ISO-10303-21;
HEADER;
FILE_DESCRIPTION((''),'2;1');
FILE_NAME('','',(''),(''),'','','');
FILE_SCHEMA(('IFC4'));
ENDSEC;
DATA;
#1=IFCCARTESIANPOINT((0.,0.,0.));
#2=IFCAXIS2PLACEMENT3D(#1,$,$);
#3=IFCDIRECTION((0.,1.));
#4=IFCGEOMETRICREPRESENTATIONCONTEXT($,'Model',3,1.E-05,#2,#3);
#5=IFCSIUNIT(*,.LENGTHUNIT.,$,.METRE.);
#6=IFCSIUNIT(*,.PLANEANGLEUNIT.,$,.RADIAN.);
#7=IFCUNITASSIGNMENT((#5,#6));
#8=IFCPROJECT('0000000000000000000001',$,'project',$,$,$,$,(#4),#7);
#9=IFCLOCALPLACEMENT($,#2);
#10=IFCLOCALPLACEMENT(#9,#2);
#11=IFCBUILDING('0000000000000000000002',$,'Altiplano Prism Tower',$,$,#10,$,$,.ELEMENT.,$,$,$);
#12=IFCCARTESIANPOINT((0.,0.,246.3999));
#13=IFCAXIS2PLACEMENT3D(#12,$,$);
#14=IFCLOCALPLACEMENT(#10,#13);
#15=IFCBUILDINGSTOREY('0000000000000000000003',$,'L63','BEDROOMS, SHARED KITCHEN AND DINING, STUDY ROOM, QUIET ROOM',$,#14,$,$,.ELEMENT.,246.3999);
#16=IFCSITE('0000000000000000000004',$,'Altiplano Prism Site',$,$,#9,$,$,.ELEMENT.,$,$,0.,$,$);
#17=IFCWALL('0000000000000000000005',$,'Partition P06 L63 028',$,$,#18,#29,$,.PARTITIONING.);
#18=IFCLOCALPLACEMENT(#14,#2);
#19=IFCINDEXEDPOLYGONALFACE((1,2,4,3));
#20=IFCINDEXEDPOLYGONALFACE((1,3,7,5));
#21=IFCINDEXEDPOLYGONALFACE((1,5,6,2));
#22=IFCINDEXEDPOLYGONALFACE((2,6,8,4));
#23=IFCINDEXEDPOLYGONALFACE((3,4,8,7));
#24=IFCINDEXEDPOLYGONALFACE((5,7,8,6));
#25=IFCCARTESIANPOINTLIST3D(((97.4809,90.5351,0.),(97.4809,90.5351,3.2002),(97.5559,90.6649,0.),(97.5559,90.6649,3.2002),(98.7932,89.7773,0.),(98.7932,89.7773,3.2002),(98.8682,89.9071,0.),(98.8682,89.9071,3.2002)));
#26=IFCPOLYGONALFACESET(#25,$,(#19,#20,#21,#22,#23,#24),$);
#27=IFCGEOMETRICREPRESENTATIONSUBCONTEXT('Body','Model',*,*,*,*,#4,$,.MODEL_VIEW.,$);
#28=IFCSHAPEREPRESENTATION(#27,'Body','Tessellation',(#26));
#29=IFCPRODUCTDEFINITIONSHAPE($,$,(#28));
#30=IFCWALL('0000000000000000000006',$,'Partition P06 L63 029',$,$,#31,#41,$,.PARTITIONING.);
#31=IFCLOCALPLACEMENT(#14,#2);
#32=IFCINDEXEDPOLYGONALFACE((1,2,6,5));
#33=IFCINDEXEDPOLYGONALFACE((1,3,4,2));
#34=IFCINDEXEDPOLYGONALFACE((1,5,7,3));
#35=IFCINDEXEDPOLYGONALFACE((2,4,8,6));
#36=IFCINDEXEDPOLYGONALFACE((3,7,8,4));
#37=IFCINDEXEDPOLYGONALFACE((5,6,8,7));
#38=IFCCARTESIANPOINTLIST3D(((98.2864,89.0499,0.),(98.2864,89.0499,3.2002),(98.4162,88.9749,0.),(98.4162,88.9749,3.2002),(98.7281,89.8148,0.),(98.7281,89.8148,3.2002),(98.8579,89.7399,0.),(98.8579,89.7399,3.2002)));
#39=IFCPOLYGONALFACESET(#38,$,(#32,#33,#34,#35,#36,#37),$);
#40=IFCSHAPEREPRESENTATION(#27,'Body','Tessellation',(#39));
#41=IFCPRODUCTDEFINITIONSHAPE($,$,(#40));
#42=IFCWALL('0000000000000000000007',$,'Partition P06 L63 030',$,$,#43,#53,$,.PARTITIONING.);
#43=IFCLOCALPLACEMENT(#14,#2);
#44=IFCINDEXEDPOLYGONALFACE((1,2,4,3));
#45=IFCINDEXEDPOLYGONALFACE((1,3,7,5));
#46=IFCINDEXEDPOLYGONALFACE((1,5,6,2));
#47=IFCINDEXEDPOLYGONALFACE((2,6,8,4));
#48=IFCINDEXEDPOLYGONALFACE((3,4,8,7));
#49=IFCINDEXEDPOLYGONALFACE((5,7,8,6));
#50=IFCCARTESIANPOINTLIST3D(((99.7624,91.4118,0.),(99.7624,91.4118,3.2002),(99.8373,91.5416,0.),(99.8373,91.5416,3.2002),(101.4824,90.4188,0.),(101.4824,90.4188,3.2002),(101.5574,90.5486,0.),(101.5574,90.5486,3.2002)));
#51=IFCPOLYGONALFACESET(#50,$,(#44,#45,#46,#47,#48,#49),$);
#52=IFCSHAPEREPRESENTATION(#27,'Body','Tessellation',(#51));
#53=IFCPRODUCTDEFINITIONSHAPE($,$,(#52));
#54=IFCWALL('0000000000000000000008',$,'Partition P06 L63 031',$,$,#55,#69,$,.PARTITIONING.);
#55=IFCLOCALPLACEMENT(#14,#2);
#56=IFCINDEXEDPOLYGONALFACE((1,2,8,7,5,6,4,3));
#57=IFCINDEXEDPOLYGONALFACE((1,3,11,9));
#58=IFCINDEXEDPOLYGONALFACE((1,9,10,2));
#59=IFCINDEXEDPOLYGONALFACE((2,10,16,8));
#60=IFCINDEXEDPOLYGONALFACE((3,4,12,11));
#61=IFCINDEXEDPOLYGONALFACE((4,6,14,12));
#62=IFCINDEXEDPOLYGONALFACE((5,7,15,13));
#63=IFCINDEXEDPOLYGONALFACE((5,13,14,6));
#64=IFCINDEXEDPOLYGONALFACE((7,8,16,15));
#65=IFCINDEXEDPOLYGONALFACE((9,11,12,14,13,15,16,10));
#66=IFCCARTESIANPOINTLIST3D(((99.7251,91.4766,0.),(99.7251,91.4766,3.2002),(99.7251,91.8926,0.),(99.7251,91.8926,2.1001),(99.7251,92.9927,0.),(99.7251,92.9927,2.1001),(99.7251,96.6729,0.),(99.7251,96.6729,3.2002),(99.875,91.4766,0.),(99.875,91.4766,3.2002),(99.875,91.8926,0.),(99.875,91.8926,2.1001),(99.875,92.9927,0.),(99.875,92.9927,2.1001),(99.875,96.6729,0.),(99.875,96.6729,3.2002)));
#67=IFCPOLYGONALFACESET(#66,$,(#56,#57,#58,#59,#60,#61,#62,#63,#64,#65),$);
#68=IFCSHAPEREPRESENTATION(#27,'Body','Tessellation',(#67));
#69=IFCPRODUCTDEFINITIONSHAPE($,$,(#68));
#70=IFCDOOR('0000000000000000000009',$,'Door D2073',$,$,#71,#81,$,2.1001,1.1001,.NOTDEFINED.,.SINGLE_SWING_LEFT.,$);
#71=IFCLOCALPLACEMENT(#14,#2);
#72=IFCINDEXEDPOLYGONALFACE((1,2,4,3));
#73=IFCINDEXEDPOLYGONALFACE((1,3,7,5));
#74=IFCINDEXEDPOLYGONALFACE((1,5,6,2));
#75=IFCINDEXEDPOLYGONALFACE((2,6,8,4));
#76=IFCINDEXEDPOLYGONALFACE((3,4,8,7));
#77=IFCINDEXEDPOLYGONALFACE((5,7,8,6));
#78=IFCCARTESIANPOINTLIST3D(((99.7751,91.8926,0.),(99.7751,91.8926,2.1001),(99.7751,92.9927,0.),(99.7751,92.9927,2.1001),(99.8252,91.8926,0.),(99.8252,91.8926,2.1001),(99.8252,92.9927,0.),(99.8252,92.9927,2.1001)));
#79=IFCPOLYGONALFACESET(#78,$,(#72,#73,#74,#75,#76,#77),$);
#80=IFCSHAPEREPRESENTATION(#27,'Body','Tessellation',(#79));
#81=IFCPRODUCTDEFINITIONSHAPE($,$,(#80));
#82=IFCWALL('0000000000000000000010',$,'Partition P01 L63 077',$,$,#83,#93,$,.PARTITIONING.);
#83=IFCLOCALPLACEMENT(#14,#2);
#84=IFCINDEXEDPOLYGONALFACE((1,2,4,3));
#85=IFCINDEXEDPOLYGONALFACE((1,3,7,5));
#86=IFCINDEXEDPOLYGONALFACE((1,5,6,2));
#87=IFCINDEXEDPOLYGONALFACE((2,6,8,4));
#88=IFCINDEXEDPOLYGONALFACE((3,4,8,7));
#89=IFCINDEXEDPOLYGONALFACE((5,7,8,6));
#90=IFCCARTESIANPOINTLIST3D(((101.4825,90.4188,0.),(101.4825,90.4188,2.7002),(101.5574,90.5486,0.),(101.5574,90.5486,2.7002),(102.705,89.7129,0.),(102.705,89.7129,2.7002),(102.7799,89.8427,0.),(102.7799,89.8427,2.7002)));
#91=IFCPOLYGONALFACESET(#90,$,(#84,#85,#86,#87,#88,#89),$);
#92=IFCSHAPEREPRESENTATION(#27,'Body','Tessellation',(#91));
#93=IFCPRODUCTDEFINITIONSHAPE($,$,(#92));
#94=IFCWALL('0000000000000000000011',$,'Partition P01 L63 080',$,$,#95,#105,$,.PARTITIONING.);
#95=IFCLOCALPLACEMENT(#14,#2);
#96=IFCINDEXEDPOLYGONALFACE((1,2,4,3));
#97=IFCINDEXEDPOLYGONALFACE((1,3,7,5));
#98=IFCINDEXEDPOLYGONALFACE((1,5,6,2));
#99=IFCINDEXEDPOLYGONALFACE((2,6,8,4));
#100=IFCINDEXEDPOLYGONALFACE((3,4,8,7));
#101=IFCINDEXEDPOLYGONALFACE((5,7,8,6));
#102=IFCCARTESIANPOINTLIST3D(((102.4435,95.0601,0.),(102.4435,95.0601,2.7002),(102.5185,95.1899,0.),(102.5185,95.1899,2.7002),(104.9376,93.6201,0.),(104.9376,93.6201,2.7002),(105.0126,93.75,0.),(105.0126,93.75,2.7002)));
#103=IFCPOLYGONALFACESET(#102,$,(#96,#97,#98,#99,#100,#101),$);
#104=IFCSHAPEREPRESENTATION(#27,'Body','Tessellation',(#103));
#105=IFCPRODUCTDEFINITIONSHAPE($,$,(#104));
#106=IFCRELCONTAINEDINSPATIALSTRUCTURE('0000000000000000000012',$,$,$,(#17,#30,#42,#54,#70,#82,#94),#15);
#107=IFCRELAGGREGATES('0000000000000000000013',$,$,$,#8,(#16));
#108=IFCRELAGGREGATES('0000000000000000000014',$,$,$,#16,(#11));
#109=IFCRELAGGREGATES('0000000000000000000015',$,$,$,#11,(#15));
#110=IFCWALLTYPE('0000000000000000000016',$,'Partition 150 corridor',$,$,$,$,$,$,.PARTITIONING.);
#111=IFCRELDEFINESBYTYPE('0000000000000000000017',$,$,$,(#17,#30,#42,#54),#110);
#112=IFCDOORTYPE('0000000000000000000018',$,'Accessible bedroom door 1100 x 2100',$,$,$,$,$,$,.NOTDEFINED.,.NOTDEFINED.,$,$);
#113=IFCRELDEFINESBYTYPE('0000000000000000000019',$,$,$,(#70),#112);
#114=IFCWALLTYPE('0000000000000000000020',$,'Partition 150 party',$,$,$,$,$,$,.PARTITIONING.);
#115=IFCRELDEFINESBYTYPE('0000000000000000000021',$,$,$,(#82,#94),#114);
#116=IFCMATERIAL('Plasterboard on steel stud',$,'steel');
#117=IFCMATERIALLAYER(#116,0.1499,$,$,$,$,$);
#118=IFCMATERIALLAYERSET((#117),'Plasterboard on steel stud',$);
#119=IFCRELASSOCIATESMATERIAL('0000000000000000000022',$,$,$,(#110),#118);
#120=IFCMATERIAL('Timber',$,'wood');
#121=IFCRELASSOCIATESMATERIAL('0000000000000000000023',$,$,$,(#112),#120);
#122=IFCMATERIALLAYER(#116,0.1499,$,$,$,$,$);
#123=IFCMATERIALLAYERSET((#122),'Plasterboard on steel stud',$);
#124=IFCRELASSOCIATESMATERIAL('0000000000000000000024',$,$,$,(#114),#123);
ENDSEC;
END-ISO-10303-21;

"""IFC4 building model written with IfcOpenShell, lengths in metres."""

from ifc_helpers import new_model, si_unit, direction, frame, frame_2d, origin, place, context, subcontext, project, spatial, rectangle, extrude, material, layer, layer_set, type_object, element, fill, save


model = new_model("IFC4")

# Units and contexts
model_context = context("Model", 3, precision=1e-05, world=origin(), true_north=direction((0.0, 1.0)))
body_context = subcontext(model_context, "Body", "Model", "MODEL_VIEW")
ifc_project = project(units=[si_unit("LENGTHUNIT", "METRE"), si_unit("PLANEANGLEUNIT", "RADIAN")], contexts=[model_context])

# Site, building, storey
site_placement = place(None, origin())
site = spatial("IfcSite", under=ifc_project, at=site_placement, Name="Altiplano Prism Site", CompositionType="ELEMENT", RefElevation=0.0)
building_placement = place(site_placement, origin())
building = spatial("IfcBuilding", under=site, at=building_placement, Name="Altiplano Prism Tower", CompositionType="ELEMENT")
storey_placement = place(building_placement, frame((0.0, 0.0, 246.3999)))
storey = spatial("IfcBuildingStorey", under=building, at=storey_placement, Name="L63", Description="BEDROOMS, SHARED KITCHEN AND DINING, STUDY ROOM, QUIET ROOM", CompositionType="ELEMENT", Elevation=246.3999)

# Shared definitions
ifc_material_1 = material(Name="Plasterboard on steel stud", Category="steel")
ifc_material_2 = material(Name="Timber", Category="wood")

# Walls
ifc_layer_1 = layer(ifc_material_1, 0.1499)
ifc_layer_set_1 = layer_set([ifc_layer_1], Name="Plasterboard on steel stud")
wall_type_1 = type_object("IfcWallType", Name="Partition 150 corridor", PredefinedType="PARTITIONING", material=ifc_layer_set_1)
wall_1_placement = place(storey_placement, frame((97.5183, 90.6001, 0.0), z_axis=(0.0, 0.0, 1.0), x_axis=(0.865974, -0.50009, 0.0)))
element("IfcWall", 1, at=wall_1_placement, inside=storey, type_object=wall_type_1, Name="Partition P06 L63 028", PredefinedType="PARTITIONING", context=body_context, shape_type="SweptSolid", body=[
    extrude(rectangle(XDim=1.5154, YDim=0.1499, at=frame_2d((0.7578, 0.0))), origin(), (0.0, 0.0, 1.0), 3.2002),
])
wall_2_placement = place(storey_placement, frame((98.793, 89.7773, 0.0), z_axis=(0.0, 0.0, 1.0), x_axis=(-0.500034, -0.866006, 0.0)))
element("IfcWall", 2, at=wall_2_placement, inside=storey, type_object=wall_type_1, Name="Partition P06 L63 029", PredefinedType="PARTITIONING", context=body_context, shape_type="SweptSolid", body=[
    extrude(rectangle(XDim=0.8833, YDim=0.1499, at=frame_2d((0.4417, 0.0))), origin(), (0.0, 0.0, 1.0), 3.2002),
])
wall_3_placement = place(storey_placement, frame((101.52, 90.4836, 0.0), z_axis=(0.0, 0.0, 1.0), x_axis=(-0.866048, 0.49996, 0.0)))
element("IfcWall", 3, at=wall_3_placement, inside=storey, type_object=wall_type_1, Name="Partition P06 L63 030", PredefinedType="PARTITIONING", context=body_context, shape_type="SweptSolid", body=[
    extrude(rectangle(XDim=1.9861, YDim=0.1499, at=frame_2d((0.9932, 0.0))), origin(), (0.0, 0.0, 1.0), 3.2002),
])

# Wall, opening, door
wall_4_placement = place(storey_placement, frame((99.8, 91.4766, 0.0), z_axis=(0.0, 0.0, 1.0), x_axis=(0.0, 1.0, 0.0)))
wall_4 = element("IfcWall", 4, at=wall_4_placement, inside=storey, type_object=wall_type_1, Name="Partition P06 L63 031", PredefinedType="PARTITIONING", context=body_context, shape_type="SweptSolid", body=[
    extrude(rectangle(XDim=5.1963, YDim=0.1499, at=frame_2d((2.5981, 0.0))), origin(), (0.0, 0.0, 1.0), 3.2002),
])
opening_1_placement = place(wall_4_placement, frame((0.416, 0.0, 0.0)))
opening_1 = element("IfcOpeningElement", 5, at=opening_1_placement, cuts=wall_4, PredefinedType="OPENING", context=body_context, shape_type="SweptSolid", body=[
    extrude(rectangle(XDim=1.1001, YDim=2.1001, at=frame_2d((0.55, 1.05))), frame((0.0, 0.0854, 0.0), z_axis=(0.0, -1.0, 0.0), x_axis=(1.0, 0.0, 0.0)), (0.0, 0.0, 1.0), 0.1709),
])
door_type_1 = type_object("IfcDoorType", Name="Accessible bedroom door 1100 x 2100", OperationType="NOTDEFINED", PredefinedType="NOTDEFINED", material=ifc_material_2)
door_1_placement = place(opening_1_placement, origin())
door_1 = element("IfcDoor", 6, at=door_1_placement, inside=storey, type_object=door_type_1, Name="Door D2073", OperationType="SINGLE_SWING_LEFT", OverallHeight=2.1001, OverallWidth=1.1001, PredefinedType="NOTDEFINED", context=body_context, shape_type="SweptSolid", body=[
    extrude(rectangle(XDim=1.1001, YDim=2.1001, at=frame_2d((0.55, 1.05))), frame((0.0, 0.0249, 0.0), z_axis=(0.0, -1.0, 0.0), x_axis=(1.0, 0.0, 0.0)), (0.0, 0.0, 1.0), 0.05),
])
fill(opening_1, door_1)

# Walls
ifc_layer_2 = layer(ifc_material_1, 0.1499)
ifc_layer_set_2 = layer_set([ifc_layer_2], Name="Plasterboard on steel stud")
wall_type_2 = type_object("IfcWallType", Name="Partition 150 party", PredefinedType="PARTITIONING", material=ifc_layer_set_2)
wall_5_placement = place(storey_placement, frame((102.7424, 89.7778, 0.0), z_axis=(0.0, 0.0, 1.0), x_axis=(-0.86601, 0.500027, 0.0)))
element("IfcWall", 7, at=wall_5_placement, inside=storey, type_object=wall_type_2, Name="Partition P01 L63 077", PredefinedType="PARTITIONING", context=body_context, shape_type="SweptSolid", body=[
    extrude(rectangle(XDim=1.4116, YDim=0.1499, at=frame_2d((0.7058, 0.0))), origin(), (0.0, 0.0, 1.0), 2.7002),
])
wall_6_placement = place(storey_placement, frame((104.9751, 93.6851, 0.0), z_axis=(0.0, 0.0, 1.0), x_axis=(-0.866033, 0.499987, 0.0)))
element("IfcWall", 8, at=wall_6_placement, inside=storey, type_object=wall_type_2, Name="Partition P01 L63 080", PredefinedType="PARTITIONING", context=body_context, shape_type="SweptSolid", body=[
    extrude(rectangle(XDim=2.8799, YDim=0.1499, at=frame_2d((1.4399, 0.0))), origin(), (0.0, 0.0, 1.0), 2.7002),
])

save(model, "model.ifc")
